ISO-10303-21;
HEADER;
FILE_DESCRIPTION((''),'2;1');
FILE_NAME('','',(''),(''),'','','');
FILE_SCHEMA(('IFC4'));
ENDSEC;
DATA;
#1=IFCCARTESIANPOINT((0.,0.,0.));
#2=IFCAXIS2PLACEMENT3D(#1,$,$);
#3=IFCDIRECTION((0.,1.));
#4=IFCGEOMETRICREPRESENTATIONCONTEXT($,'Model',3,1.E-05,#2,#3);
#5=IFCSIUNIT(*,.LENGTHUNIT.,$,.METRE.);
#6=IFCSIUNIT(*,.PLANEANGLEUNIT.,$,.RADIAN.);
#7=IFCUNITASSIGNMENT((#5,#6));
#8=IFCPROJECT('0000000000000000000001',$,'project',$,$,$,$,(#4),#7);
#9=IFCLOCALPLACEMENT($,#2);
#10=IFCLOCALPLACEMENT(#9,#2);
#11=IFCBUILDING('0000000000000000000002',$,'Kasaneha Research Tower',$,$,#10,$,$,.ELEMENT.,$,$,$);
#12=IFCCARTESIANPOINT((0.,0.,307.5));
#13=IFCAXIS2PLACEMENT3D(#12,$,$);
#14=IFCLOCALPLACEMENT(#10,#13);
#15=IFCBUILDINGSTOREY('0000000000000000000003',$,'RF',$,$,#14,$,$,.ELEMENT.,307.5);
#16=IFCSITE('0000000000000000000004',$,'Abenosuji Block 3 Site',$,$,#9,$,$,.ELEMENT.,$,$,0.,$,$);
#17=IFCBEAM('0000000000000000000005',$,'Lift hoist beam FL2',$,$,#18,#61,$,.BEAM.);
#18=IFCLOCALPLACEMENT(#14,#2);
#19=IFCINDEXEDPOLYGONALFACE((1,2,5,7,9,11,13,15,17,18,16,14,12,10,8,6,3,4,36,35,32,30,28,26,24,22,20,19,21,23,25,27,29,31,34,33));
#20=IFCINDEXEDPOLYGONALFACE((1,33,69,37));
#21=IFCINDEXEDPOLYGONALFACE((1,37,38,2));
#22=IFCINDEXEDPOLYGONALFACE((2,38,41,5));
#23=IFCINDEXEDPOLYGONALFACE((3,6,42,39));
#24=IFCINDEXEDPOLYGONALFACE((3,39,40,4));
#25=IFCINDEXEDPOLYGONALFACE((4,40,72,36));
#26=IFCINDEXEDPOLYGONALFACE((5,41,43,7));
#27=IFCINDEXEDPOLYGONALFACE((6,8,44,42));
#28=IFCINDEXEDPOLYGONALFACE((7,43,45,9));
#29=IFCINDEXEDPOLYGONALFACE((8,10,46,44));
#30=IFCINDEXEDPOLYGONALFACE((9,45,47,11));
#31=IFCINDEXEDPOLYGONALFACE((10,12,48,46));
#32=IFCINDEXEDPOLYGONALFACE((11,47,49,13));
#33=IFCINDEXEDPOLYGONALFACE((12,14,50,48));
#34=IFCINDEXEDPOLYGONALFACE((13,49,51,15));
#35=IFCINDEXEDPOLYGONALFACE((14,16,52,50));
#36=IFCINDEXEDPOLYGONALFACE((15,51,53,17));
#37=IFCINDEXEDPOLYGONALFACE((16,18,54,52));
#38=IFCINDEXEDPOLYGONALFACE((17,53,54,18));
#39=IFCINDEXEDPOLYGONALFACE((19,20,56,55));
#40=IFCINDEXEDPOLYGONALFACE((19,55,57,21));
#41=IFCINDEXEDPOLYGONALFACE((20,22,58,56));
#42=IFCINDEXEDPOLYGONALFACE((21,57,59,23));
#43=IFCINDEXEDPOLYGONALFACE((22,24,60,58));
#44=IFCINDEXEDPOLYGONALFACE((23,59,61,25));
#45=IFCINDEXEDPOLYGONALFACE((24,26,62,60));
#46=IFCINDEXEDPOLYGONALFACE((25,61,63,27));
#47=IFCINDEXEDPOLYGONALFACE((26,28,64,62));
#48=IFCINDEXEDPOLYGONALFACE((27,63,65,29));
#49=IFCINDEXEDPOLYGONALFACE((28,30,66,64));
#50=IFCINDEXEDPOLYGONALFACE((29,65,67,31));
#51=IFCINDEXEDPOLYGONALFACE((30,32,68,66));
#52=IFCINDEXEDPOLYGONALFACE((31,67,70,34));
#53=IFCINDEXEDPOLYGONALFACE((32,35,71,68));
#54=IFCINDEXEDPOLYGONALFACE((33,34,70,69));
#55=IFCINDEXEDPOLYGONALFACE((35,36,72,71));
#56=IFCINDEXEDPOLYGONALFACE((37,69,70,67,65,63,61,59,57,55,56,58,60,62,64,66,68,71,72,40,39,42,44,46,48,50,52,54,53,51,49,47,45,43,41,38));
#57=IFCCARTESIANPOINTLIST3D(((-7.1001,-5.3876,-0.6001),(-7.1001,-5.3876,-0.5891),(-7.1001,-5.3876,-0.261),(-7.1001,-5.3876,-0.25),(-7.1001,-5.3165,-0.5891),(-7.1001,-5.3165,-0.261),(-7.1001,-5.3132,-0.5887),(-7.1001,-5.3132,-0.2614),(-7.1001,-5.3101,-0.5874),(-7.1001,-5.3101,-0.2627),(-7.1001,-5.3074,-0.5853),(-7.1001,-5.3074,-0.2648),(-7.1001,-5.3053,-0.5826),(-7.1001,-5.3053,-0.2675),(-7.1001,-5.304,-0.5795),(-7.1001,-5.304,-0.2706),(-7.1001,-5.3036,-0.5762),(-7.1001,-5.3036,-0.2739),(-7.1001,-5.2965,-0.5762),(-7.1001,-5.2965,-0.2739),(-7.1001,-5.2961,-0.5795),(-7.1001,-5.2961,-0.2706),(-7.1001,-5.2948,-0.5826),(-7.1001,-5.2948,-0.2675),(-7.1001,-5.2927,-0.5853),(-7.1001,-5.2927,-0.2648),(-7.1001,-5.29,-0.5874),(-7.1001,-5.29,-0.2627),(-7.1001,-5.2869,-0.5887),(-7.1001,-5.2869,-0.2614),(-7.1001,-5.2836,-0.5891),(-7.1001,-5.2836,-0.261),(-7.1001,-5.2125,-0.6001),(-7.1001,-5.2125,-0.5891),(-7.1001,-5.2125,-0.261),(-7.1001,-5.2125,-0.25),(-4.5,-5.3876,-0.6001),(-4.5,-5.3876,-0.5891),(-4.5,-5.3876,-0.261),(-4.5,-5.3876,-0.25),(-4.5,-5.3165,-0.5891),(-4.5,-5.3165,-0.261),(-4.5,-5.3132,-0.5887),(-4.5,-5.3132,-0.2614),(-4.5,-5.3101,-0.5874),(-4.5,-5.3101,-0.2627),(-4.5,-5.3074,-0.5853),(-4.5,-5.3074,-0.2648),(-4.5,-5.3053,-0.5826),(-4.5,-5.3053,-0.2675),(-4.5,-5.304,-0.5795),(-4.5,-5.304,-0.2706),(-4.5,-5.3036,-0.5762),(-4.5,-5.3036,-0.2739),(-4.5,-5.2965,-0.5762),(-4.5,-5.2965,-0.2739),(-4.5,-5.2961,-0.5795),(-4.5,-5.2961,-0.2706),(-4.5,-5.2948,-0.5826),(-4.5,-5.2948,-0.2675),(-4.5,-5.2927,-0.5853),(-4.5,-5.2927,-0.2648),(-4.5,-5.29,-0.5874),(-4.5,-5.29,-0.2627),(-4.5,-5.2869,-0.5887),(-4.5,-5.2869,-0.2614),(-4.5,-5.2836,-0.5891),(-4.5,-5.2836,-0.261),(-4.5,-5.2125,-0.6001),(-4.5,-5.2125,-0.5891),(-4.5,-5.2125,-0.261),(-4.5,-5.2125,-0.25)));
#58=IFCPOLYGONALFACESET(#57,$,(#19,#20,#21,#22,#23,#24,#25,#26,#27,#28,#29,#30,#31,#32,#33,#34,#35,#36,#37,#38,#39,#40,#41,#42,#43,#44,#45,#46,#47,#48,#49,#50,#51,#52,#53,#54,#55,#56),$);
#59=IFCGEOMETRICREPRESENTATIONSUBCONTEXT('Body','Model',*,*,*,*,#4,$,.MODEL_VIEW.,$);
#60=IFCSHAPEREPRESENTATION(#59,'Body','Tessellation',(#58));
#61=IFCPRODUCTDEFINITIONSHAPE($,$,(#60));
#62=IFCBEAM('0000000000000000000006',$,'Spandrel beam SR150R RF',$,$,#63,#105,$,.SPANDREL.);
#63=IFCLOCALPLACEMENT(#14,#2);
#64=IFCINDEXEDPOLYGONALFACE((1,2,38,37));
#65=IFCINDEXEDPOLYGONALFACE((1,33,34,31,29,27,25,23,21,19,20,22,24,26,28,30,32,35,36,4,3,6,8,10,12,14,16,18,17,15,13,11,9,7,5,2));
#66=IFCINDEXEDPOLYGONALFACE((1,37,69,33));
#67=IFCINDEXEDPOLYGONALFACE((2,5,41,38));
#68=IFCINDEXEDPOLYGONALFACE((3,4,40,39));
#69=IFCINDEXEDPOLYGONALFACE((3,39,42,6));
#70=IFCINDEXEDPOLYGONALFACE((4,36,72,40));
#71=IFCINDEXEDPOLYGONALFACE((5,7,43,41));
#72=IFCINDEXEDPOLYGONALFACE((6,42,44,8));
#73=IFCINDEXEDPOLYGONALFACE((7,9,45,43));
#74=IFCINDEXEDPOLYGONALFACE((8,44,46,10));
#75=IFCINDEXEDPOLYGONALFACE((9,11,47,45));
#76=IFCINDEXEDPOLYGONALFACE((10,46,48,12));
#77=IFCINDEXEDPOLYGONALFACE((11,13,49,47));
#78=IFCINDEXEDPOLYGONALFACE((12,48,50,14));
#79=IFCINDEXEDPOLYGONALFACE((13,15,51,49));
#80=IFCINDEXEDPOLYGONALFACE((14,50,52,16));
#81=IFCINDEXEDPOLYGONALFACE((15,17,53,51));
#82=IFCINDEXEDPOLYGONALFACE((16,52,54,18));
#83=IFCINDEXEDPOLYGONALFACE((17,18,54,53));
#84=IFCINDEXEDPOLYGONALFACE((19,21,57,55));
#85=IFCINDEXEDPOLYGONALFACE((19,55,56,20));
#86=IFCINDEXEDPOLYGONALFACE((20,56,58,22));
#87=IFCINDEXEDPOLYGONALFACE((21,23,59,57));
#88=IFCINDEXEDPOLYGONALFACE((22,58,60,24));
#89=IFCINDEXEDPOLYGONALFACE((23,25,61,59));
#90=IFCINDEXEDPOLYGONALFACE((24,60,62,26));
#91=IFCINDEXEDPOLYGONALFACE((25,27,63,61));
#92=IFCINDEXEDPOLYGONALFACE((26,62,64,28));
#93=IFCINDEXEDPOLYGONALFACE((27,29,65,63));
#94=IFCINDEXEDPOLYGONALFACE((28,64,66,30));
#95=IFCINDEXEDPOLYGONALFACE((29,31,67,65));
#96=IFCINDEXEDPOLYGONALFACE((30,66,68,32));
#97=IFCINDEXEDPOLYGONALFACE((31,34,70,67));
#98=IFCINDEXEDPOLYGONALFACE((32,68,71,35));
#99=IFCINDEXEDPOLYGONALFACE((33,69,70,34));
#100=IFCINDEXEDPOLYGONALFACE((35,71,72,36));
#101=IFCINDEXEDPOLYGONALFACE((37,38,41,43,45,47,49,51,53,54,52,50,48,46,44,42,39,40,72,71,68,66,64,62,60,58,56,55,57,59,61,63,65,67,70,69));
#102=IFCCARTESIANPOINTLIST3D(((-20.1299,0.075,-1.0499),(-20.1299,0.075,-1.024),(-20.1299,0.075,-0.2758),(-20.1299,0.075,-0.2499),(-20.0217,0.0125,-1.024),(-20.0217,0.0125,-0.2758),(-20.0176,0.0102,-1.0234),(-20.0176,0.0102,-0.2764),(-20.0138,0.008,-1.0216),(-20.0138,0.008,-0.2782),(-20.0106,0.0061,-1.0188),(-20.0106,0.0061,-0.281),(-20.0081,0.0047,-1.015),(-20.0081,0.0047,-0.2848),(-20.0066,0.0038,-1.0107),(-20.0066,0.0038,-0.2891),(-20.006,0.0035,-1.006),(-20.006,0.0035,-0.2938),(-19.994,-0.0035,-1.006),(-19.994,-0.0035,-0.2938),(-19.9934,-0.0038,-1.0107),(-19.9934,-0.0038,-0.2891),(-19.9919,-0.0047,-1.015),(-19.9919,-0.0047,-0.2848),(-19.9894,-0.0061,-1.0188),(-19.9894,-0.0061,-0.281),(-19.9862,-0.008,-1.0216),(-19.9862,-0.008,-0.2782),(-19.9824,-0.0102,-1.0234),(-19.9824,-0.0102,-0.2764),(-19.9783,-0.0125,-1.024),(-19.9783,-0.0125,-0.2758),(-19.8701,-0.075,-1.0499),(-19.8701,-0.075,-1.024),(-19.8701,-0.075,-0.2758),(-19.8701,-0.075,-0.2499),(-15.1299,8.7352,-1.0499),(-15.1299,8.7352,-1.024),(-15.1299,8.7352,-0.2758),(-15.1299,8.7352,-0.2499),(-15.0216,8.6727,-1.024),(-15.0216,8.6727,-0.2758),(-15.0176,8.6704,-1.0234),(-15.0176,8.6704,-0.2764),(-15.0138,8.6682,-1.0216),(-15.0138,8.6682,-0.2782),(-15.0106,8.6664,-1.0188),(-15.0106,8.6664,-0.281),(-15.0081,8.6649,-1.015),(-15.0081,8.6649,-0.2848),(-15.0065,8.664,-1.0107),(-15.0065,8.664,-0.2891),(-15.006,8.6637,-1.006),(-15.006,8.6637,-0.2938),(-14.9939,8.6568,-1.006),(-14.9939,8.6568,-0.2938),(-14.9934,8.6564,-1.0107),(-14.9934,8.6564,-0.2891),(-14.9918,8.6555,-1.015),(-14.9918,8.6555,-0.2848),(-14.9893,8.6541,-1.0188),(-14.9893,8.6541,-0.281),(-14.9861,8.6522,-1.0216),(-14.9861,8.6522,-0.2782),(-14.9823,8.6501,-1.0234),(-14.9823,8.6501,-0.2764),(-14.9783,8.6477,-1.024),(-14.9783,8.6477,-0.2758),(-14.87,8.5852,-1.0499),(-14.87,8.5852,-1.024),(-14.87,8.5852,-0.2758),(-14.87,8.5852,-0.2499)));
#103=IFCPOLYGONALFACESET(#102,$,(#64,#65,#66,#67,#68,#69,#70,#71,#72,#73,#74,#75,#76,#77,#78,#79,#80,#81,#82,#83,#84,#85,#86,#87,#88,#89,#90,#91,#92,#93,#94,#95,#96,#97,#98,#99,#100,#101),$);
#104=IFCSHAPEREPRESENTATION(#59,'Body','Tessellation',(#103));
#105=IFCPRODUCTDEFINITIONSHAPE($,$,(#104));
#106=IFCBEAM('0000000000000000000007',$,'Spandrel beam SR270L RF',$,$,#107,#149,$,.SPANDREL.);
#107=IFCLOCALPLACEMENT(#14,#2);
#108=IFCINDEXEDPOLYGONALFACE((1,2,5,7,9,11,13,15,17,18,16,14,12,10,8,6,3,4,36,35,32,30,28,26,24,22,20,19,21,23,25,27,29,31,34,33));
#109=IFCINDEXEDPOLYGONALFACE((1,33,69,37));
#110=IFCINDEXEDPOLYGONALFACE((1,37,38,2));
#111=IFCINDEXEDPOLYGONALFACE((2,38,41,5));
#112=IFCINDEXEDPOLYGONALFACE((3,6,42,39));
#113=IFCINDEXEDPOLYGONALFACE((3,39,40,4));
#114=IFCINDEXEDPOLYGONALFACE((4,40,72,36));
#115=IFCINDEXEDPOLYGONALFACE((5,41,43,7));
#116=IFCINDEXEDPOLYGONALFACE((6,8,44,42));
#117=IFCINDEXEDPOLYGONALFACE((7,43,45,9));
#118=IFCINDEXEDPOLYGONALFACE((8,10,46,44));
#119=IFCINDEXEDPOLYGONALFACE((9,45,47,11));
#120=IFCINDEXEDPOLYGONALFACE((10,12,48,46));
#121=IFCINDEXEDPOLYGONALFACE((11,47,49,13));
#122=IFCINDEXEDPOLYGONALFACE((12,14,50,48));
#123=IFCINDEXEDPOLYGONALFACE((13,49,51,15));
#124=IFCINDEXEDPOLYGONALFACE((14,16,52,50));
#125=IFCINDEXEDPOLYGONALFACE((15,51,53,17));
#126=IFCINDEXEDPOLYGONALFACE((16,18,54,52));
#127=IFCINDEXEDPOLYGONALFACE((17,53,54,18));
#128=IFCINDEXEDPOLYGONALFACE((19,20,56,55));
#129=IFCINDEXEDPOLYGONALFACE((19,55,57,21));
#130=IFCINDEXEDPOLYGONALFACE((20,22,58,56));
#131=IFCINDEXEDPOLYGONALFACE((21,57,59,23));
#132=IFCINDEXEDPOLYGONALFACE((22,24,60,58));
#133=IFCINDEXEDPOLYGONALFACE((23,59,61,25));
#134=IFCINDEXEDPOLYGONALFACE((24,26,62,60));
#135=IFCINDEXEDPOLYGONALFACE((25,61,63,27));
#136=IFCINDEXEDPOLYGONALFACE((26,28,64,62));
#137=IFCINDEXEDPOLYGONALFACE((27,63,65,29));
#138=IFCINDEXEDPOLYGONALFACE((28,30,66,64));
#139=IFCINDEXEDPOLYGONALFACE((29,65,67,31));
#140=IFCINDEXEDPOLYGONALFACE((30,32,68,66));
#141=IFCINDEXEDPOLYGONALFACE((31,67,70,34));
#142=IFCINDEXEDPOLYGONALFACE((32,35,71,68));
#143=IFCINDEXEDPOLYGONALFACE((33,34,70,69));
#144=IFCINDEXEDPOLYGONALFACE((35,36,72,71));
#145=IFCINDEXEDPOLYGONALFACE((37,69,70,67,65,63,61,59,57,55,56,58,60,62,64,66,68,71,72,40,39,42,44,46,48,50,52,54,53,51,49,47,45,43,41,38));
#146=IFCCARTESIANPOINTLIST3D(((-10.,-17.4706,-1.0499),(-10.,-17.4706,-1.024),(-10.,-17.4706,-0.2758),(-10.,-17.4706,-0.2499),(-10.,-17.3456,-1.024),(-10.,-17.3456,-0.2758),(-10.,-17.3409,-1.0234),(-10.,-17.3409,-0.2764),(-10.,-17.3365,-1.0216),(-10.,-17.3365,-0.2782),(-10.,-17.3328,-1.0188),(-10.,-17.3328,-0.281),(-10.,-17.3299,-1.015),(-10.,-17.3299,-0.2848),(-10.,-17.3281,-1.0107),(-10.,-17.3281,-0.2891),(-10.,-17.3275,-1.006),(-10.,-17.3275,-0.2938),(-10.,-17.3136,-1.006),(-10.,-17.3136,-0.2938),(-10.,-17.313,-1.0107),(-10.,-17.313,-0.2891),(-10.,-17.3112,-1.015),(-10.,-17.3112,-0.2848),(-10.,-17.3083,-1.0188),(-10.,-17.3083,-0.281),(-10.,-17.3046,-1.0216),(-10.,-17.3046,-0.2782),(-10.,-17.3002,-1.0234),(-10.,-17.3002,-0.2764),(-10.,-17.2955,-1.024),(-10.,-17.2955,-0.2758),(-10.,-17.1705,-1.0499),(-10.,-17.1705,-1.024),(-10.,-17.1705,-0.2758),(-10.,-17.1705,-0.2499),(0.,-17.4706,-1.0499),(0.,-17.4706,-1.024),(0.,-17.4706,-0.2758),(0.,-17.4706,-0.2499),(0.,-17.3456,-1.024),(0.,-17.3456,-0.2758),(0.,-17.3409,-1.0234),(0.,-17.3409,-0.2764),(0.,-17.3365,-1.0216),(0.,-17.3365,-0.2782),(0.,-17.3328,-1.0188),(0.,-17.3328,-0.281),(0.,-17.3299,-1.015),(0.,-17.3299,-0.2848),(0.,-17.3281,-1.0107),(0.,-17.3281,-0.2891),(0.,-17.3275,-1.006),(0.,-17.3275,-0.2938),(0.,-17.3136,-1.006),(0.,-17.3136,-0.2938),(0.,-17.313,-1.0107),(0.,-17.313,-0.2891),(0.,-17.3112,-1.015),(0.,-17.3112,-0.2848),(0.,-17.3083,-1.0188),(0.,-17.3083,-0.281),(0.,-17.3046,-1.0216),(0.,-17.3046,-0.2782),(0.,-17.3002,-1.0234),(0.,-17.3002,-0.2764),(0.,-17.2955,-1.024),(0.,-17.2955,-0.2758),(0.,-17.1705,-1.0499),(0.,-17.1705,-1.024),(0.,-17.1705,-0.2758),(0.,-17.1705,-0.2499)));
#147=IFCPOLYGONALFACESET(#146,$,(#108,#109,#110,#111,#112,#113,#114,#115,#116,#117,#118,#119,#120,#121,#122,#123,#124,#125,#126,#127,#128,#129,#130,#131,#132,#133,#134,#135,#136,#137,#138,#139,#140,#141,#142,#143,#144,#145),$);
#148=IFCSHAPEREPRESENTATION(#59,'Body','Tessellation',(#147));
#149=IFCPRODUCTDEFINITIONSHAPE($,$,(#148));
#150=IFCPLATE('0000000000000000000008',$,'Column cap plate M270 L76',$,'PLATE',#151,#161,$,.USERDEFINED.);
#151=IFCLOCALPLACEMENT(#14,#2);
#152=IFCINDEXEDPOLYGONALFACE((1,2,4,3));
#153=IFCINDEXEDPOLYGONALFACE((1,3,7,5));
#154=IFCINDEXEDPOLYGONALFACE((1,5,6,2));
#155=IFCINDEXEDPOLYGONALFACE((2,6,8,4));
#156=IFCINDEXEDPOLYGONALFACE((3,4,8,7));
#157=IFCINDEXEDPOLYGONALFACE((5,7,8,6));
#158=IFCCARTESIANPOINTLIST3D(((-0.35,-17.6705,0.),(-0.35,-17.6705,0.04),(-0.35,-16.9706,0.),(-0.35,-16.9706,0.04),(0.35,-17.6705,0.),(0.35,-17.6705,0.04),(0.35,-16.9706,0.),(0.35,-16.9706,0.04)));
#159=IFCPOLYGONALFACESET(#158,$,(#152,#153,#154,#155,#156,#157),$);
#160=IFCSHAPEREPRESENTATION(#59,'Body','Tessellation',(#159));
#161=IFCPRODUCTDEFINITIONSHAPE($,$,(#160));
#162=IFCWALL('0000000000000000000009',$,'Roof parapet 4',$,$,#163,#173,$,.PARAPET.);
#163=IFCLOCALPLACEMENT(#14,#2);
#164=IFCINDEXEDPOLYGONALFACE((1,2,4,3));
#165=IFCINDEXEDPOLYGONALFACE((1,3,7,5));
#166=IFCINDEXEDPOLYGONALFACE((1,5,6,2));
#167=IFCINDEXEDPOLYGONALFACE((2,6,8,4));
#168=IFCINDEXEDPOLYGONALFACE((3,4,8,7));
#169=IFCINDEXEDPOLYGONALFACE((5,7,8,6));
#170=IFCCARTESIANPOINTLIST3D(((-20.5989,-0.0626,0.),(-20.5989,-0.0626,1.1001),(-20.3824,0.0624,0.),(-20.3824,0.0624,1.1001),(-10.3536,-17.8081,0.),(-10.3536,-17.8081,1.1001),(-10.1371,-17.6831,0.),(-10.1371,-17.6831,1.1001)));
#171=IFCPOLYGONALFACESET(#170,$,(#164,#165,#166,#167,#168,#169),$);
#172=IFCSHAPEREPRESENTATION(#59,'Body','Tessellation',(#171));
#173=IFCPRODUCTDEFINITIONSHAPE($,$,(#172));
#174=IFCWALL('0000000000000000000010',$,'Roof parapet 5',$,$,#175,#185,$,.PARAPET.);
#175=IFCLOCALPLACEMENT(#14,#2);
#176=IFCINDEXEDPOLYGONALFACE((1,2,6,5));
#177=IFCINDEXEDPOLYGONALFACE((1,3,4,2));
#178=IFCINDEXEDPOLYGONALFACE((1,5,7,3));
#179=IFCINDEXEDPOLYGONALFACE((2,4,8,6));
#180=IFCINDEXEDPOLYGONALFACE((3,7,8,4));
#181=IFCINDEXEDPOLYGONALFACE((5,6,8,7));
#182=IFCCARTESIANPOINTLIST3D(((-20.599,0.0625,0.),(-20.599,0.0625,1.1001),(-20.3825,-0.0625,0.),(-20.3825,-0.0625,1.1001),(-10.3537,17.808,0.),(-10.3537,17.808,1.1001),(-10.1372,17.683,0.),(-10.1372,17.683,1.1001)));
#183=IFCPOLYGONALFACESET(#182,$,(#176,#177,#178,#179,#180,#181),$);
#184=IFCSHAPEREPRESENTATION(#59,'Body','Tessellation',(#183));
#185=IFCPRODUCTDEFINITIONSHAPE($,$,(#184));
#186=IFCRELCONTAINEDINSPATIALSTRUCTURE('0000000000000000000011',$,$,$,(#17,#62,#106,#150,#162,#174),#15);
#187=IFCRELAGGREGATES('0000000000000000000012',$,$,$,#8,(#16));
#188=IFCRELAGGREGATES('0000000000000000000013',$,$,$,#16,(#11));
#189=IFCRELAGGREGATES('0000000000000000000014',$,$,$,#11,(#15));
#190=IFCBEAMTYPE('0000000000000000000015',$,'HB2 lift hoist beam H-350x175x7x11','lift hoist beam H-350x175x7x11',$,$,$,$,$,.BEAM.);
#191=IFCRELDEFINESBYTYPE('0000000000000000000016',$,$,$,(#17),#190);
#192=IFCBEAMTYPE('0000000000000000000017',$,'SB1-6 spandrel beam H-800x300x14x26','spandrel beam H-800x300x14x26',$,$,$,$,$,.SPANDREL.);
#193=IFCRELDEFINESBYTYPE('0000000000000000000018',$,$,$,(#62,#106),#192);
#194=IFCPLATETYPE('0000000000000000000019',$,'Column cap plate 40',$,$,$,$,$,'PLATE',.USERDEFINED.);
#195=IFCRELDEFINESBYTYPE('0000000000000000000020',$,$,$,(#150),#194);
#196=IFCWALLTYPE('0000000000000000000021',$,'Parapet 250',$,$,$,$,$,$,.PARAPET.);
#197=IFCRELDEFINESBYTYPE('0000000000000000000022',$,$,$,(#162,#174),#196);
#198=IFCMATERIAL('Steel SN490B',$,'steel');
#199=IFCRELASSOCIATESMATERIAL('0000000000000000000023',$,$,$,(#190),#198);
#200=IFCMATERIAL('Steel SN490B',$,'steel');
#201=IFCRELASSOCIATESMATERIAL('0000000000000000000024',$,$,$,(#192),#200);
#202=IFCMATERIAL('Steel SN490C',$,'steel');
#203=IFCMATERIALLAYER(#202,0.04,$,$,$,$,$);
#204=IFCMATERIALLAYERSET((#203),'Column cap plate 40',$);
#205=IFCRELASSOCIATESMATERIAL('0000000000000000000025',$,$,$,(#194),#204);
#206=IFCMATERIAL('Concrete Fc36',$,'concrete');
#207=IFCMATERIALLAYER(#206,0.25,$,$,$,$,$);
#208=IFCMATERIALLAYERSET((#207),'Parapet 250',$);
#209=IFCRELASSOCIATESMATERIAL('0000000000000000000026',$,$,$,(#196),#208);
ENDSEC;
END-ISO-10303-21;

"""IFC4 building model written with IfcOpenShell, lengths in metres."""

from ifc_helpers import new_model, si_unit, direction, frame, frame_2d, origin, origin_2d, place, context, subcontext, project, spatial, rectangle, i_section, extrude, material, layer, layer_set, material_profile, profile_set, type_object, element, save


model = new_model("IFC4")

# Units and contexts
model_context = context("Model", 3, precision=1e-05, world=origin(), true_north=direction((0.0, 1.0)))
body_context = subcontext(model_context, "Body", "Model", "MODEL_VIEW")
ifc_project = project(units=[si_unit("LENGTHUNIT", "METRE"), si_unit("PLANEANGLEUNIT", "RADIAN")], contexts=[model_context])

# Site, building, storey
site_placement = place(None, origin())
site = spatial("IfcSite", under=ifc_project, at=site_placement, Name="Abenosuji Block 3 Site", CompositionType="ELEMENT", RefElevation=0.0)
building_placement = place(site_placement, origin())
building = spatial("IfcBuilding", under=site, at=building_placement, Name="Kasaneha Research Tower", CompositionType="ELEMENT")
storey_placement = place(building_placement, frame((0.0, 0.0, 307.5)))
storey = spatial("IfcBuildingStorey", under=building, at=storey_placement, Name="RF", CompositionType="ELEMENT", Elevation=307.5)

# Beams
ifc_material_1 = material(Name="Steel SN490B", Category="steel")
ifc_material_profile_1 = material_profile(ifc_material_1, i_section(OverallWidth=0.175, OverallDepth=0.3501, WebThickness=0.0071, FlangeThickness=0.011, FilletRadius=0.0129, at=origin_2d()), Name="H-350x175x7x11")
ifc_profile_set_1 = profile_set([ifc_material_profile_1], Name="Steel SN490B")
beam_type_1 = type_object("IfcBeamType", Name="HB2 lift hoist beam H-350x175x7x11", Description="lift hoist beam H-350x175x7x11", PredefinedType="BEAM", material=ifc_profile_set_1)
beam_1_placement = place(storey_placement, frame((-7.1001, -5.3, -0.425), z_axis=(1.0, 0.0, 0.0), x_axis=(0.0, 1.0, 0.0)))
element("IfcBeam", 1, at=beam_1_placement, inside=storey, type_object=beam_type_1, Name="Lift hoist beam FL2", PredefinedType="BEAM", context=body_context, shape_type="SweptSolid", body=[
    extrude(i_section(OverallWidth=0.175, OverallDepth=0.3501, WebThickness=0.0071, FlangeThickness=0.011, FilletRadius=0.0129, at=origin_2d()), origin(), (0.0, 0.0, 1.0), 2.6001),
])
ifc_material_2 = material(Name="Steel SN490B", Category="steel")
ifc_material_profile_2 = material_profile(ifc_material_2, i_section(OverallWidth=0.3, OverallDepth=0.8, WebThickness=0.0139, FlangeThickness=0.0259, FilletRadius=0.0181, at=origin_2d()), Name="H-800x300x14x26")
ifc_profile_set_2 = profile_set([ifc_material_profile_2], Name="Steel SN490B")
beam_type_2 = type_object("IfcBeamType", Name="SB1-6 spandrel beam H-800x300x14x26", Description="spandrel beam H-800x300x14x26", PredefinedType="SPANDREL", material=ifc_profile_set_2)
for number, where, z_axis, x_axis, name in (
    (2, (-20.0, 0.0, -0.6499), (0.500004, 0.866023, 0.0), (-0.866023, 0.500004, 0.0), "Spandrel beam SR150R RF"),
    (3, (-10.0, -17.3206, -0.6499), (1.0, 0.0, 0.0), (0.0, 1.0, 0.0), "Spandrel beam SR270L RF"),
):
    element("IfcBeam", number, at=place(storey_placement, frame(where, z_axis=z_axis, x_axis=x_axis)), inside=storey, type_object=beam_type_2, Name=name, PredefinedType="SPANDREL", context=body_context, shape_type="SweptSolid", body=[
        extrude(i_section(OverallWidth=0.3, OverallDepth=0.8, WebThickness=0.0139, FlangeThickness=0.0259, FilletRadius=0.0181, at=origin_2d()), origin(), (0.0, 0.0, 1.0), 10.0),
    ])

# Plate
ifc_material_3 = material(Name="Steel SN490C", Category="steel")
ifc_layer_1 = layer(ifc_material_3, 0.04)
ifc_layer_set_1 = layer_set([ifc_layer_1], Name="Column cap plate 40")
plate_type = type_object("IfcPlateType", Name="Column cap plate 40", ElementType="PLATE", PredefinedType="USERDEFINED", material=ifc_layer_set_1)
plate_placement = place(storey_placement, frame((0.0, -17.3206, 0.0), z_axis=(0.0, 0.0, 1.0), x_axis=(1.0, 0.0, 0.0)))
element("IfcPlate", 4, at=plate_placement, inside=storey, type_object=plate_type, Name="Column cap plate M270 L76", ObjectType="PLATE", PredefinedType="USERDEFINED", context=body_context, shape_type="SweptSolid", body=[
    extrude(rectangle(XDim=0.7, YDim=0.7, at=origin_2d()), origin(), (0.0, 0.0, 1.0), 0.04),
])

# Walls
ifc_material_4 = material(Name="Concrete Fc36", Category="concrete")
ifc_layer_2 = layer(ifc_material_4, 0.25)
ifc_layer_set_2 = layer_set([ifc_layer_2], Name="Parapet 250")
wall_type = type_object("IfcWallType", Name="Parapet 250", PredefinedType="PARAPET", material=ifc_layer_set_2)
for number, where, z_axis, x_axis, name in (
    (5, (-10.2454, -17.7456, 0.0), (0.0, 0.0, 1.0), (-0.499997, 0.866027, 0.0), "Roof parapet 4"),
    (6, (-20.4907, 0.0, 0.0), (0.0, 0.0, 1.0), (0.499997, 0.866027, 0.0), "Roof parapet 5"),
):
    element("IfcWall", number, at=place(storey_placement, frame(where, z_axis=z_axis, x_axis=x_axis)), inside=storey, type_object=wall_type, Name=name, PredefinedType="PARAPET", context=body_context, shape_type="SweptSolid", body=[
        extrude(rectangle(XDim=20.4907, YDim=0.25, at=frame_2d((10.2454, 0.0))), origin(), (0.0, 0.0, 1.0), 1.1001),
    ])

save(model, "model.ifc")
